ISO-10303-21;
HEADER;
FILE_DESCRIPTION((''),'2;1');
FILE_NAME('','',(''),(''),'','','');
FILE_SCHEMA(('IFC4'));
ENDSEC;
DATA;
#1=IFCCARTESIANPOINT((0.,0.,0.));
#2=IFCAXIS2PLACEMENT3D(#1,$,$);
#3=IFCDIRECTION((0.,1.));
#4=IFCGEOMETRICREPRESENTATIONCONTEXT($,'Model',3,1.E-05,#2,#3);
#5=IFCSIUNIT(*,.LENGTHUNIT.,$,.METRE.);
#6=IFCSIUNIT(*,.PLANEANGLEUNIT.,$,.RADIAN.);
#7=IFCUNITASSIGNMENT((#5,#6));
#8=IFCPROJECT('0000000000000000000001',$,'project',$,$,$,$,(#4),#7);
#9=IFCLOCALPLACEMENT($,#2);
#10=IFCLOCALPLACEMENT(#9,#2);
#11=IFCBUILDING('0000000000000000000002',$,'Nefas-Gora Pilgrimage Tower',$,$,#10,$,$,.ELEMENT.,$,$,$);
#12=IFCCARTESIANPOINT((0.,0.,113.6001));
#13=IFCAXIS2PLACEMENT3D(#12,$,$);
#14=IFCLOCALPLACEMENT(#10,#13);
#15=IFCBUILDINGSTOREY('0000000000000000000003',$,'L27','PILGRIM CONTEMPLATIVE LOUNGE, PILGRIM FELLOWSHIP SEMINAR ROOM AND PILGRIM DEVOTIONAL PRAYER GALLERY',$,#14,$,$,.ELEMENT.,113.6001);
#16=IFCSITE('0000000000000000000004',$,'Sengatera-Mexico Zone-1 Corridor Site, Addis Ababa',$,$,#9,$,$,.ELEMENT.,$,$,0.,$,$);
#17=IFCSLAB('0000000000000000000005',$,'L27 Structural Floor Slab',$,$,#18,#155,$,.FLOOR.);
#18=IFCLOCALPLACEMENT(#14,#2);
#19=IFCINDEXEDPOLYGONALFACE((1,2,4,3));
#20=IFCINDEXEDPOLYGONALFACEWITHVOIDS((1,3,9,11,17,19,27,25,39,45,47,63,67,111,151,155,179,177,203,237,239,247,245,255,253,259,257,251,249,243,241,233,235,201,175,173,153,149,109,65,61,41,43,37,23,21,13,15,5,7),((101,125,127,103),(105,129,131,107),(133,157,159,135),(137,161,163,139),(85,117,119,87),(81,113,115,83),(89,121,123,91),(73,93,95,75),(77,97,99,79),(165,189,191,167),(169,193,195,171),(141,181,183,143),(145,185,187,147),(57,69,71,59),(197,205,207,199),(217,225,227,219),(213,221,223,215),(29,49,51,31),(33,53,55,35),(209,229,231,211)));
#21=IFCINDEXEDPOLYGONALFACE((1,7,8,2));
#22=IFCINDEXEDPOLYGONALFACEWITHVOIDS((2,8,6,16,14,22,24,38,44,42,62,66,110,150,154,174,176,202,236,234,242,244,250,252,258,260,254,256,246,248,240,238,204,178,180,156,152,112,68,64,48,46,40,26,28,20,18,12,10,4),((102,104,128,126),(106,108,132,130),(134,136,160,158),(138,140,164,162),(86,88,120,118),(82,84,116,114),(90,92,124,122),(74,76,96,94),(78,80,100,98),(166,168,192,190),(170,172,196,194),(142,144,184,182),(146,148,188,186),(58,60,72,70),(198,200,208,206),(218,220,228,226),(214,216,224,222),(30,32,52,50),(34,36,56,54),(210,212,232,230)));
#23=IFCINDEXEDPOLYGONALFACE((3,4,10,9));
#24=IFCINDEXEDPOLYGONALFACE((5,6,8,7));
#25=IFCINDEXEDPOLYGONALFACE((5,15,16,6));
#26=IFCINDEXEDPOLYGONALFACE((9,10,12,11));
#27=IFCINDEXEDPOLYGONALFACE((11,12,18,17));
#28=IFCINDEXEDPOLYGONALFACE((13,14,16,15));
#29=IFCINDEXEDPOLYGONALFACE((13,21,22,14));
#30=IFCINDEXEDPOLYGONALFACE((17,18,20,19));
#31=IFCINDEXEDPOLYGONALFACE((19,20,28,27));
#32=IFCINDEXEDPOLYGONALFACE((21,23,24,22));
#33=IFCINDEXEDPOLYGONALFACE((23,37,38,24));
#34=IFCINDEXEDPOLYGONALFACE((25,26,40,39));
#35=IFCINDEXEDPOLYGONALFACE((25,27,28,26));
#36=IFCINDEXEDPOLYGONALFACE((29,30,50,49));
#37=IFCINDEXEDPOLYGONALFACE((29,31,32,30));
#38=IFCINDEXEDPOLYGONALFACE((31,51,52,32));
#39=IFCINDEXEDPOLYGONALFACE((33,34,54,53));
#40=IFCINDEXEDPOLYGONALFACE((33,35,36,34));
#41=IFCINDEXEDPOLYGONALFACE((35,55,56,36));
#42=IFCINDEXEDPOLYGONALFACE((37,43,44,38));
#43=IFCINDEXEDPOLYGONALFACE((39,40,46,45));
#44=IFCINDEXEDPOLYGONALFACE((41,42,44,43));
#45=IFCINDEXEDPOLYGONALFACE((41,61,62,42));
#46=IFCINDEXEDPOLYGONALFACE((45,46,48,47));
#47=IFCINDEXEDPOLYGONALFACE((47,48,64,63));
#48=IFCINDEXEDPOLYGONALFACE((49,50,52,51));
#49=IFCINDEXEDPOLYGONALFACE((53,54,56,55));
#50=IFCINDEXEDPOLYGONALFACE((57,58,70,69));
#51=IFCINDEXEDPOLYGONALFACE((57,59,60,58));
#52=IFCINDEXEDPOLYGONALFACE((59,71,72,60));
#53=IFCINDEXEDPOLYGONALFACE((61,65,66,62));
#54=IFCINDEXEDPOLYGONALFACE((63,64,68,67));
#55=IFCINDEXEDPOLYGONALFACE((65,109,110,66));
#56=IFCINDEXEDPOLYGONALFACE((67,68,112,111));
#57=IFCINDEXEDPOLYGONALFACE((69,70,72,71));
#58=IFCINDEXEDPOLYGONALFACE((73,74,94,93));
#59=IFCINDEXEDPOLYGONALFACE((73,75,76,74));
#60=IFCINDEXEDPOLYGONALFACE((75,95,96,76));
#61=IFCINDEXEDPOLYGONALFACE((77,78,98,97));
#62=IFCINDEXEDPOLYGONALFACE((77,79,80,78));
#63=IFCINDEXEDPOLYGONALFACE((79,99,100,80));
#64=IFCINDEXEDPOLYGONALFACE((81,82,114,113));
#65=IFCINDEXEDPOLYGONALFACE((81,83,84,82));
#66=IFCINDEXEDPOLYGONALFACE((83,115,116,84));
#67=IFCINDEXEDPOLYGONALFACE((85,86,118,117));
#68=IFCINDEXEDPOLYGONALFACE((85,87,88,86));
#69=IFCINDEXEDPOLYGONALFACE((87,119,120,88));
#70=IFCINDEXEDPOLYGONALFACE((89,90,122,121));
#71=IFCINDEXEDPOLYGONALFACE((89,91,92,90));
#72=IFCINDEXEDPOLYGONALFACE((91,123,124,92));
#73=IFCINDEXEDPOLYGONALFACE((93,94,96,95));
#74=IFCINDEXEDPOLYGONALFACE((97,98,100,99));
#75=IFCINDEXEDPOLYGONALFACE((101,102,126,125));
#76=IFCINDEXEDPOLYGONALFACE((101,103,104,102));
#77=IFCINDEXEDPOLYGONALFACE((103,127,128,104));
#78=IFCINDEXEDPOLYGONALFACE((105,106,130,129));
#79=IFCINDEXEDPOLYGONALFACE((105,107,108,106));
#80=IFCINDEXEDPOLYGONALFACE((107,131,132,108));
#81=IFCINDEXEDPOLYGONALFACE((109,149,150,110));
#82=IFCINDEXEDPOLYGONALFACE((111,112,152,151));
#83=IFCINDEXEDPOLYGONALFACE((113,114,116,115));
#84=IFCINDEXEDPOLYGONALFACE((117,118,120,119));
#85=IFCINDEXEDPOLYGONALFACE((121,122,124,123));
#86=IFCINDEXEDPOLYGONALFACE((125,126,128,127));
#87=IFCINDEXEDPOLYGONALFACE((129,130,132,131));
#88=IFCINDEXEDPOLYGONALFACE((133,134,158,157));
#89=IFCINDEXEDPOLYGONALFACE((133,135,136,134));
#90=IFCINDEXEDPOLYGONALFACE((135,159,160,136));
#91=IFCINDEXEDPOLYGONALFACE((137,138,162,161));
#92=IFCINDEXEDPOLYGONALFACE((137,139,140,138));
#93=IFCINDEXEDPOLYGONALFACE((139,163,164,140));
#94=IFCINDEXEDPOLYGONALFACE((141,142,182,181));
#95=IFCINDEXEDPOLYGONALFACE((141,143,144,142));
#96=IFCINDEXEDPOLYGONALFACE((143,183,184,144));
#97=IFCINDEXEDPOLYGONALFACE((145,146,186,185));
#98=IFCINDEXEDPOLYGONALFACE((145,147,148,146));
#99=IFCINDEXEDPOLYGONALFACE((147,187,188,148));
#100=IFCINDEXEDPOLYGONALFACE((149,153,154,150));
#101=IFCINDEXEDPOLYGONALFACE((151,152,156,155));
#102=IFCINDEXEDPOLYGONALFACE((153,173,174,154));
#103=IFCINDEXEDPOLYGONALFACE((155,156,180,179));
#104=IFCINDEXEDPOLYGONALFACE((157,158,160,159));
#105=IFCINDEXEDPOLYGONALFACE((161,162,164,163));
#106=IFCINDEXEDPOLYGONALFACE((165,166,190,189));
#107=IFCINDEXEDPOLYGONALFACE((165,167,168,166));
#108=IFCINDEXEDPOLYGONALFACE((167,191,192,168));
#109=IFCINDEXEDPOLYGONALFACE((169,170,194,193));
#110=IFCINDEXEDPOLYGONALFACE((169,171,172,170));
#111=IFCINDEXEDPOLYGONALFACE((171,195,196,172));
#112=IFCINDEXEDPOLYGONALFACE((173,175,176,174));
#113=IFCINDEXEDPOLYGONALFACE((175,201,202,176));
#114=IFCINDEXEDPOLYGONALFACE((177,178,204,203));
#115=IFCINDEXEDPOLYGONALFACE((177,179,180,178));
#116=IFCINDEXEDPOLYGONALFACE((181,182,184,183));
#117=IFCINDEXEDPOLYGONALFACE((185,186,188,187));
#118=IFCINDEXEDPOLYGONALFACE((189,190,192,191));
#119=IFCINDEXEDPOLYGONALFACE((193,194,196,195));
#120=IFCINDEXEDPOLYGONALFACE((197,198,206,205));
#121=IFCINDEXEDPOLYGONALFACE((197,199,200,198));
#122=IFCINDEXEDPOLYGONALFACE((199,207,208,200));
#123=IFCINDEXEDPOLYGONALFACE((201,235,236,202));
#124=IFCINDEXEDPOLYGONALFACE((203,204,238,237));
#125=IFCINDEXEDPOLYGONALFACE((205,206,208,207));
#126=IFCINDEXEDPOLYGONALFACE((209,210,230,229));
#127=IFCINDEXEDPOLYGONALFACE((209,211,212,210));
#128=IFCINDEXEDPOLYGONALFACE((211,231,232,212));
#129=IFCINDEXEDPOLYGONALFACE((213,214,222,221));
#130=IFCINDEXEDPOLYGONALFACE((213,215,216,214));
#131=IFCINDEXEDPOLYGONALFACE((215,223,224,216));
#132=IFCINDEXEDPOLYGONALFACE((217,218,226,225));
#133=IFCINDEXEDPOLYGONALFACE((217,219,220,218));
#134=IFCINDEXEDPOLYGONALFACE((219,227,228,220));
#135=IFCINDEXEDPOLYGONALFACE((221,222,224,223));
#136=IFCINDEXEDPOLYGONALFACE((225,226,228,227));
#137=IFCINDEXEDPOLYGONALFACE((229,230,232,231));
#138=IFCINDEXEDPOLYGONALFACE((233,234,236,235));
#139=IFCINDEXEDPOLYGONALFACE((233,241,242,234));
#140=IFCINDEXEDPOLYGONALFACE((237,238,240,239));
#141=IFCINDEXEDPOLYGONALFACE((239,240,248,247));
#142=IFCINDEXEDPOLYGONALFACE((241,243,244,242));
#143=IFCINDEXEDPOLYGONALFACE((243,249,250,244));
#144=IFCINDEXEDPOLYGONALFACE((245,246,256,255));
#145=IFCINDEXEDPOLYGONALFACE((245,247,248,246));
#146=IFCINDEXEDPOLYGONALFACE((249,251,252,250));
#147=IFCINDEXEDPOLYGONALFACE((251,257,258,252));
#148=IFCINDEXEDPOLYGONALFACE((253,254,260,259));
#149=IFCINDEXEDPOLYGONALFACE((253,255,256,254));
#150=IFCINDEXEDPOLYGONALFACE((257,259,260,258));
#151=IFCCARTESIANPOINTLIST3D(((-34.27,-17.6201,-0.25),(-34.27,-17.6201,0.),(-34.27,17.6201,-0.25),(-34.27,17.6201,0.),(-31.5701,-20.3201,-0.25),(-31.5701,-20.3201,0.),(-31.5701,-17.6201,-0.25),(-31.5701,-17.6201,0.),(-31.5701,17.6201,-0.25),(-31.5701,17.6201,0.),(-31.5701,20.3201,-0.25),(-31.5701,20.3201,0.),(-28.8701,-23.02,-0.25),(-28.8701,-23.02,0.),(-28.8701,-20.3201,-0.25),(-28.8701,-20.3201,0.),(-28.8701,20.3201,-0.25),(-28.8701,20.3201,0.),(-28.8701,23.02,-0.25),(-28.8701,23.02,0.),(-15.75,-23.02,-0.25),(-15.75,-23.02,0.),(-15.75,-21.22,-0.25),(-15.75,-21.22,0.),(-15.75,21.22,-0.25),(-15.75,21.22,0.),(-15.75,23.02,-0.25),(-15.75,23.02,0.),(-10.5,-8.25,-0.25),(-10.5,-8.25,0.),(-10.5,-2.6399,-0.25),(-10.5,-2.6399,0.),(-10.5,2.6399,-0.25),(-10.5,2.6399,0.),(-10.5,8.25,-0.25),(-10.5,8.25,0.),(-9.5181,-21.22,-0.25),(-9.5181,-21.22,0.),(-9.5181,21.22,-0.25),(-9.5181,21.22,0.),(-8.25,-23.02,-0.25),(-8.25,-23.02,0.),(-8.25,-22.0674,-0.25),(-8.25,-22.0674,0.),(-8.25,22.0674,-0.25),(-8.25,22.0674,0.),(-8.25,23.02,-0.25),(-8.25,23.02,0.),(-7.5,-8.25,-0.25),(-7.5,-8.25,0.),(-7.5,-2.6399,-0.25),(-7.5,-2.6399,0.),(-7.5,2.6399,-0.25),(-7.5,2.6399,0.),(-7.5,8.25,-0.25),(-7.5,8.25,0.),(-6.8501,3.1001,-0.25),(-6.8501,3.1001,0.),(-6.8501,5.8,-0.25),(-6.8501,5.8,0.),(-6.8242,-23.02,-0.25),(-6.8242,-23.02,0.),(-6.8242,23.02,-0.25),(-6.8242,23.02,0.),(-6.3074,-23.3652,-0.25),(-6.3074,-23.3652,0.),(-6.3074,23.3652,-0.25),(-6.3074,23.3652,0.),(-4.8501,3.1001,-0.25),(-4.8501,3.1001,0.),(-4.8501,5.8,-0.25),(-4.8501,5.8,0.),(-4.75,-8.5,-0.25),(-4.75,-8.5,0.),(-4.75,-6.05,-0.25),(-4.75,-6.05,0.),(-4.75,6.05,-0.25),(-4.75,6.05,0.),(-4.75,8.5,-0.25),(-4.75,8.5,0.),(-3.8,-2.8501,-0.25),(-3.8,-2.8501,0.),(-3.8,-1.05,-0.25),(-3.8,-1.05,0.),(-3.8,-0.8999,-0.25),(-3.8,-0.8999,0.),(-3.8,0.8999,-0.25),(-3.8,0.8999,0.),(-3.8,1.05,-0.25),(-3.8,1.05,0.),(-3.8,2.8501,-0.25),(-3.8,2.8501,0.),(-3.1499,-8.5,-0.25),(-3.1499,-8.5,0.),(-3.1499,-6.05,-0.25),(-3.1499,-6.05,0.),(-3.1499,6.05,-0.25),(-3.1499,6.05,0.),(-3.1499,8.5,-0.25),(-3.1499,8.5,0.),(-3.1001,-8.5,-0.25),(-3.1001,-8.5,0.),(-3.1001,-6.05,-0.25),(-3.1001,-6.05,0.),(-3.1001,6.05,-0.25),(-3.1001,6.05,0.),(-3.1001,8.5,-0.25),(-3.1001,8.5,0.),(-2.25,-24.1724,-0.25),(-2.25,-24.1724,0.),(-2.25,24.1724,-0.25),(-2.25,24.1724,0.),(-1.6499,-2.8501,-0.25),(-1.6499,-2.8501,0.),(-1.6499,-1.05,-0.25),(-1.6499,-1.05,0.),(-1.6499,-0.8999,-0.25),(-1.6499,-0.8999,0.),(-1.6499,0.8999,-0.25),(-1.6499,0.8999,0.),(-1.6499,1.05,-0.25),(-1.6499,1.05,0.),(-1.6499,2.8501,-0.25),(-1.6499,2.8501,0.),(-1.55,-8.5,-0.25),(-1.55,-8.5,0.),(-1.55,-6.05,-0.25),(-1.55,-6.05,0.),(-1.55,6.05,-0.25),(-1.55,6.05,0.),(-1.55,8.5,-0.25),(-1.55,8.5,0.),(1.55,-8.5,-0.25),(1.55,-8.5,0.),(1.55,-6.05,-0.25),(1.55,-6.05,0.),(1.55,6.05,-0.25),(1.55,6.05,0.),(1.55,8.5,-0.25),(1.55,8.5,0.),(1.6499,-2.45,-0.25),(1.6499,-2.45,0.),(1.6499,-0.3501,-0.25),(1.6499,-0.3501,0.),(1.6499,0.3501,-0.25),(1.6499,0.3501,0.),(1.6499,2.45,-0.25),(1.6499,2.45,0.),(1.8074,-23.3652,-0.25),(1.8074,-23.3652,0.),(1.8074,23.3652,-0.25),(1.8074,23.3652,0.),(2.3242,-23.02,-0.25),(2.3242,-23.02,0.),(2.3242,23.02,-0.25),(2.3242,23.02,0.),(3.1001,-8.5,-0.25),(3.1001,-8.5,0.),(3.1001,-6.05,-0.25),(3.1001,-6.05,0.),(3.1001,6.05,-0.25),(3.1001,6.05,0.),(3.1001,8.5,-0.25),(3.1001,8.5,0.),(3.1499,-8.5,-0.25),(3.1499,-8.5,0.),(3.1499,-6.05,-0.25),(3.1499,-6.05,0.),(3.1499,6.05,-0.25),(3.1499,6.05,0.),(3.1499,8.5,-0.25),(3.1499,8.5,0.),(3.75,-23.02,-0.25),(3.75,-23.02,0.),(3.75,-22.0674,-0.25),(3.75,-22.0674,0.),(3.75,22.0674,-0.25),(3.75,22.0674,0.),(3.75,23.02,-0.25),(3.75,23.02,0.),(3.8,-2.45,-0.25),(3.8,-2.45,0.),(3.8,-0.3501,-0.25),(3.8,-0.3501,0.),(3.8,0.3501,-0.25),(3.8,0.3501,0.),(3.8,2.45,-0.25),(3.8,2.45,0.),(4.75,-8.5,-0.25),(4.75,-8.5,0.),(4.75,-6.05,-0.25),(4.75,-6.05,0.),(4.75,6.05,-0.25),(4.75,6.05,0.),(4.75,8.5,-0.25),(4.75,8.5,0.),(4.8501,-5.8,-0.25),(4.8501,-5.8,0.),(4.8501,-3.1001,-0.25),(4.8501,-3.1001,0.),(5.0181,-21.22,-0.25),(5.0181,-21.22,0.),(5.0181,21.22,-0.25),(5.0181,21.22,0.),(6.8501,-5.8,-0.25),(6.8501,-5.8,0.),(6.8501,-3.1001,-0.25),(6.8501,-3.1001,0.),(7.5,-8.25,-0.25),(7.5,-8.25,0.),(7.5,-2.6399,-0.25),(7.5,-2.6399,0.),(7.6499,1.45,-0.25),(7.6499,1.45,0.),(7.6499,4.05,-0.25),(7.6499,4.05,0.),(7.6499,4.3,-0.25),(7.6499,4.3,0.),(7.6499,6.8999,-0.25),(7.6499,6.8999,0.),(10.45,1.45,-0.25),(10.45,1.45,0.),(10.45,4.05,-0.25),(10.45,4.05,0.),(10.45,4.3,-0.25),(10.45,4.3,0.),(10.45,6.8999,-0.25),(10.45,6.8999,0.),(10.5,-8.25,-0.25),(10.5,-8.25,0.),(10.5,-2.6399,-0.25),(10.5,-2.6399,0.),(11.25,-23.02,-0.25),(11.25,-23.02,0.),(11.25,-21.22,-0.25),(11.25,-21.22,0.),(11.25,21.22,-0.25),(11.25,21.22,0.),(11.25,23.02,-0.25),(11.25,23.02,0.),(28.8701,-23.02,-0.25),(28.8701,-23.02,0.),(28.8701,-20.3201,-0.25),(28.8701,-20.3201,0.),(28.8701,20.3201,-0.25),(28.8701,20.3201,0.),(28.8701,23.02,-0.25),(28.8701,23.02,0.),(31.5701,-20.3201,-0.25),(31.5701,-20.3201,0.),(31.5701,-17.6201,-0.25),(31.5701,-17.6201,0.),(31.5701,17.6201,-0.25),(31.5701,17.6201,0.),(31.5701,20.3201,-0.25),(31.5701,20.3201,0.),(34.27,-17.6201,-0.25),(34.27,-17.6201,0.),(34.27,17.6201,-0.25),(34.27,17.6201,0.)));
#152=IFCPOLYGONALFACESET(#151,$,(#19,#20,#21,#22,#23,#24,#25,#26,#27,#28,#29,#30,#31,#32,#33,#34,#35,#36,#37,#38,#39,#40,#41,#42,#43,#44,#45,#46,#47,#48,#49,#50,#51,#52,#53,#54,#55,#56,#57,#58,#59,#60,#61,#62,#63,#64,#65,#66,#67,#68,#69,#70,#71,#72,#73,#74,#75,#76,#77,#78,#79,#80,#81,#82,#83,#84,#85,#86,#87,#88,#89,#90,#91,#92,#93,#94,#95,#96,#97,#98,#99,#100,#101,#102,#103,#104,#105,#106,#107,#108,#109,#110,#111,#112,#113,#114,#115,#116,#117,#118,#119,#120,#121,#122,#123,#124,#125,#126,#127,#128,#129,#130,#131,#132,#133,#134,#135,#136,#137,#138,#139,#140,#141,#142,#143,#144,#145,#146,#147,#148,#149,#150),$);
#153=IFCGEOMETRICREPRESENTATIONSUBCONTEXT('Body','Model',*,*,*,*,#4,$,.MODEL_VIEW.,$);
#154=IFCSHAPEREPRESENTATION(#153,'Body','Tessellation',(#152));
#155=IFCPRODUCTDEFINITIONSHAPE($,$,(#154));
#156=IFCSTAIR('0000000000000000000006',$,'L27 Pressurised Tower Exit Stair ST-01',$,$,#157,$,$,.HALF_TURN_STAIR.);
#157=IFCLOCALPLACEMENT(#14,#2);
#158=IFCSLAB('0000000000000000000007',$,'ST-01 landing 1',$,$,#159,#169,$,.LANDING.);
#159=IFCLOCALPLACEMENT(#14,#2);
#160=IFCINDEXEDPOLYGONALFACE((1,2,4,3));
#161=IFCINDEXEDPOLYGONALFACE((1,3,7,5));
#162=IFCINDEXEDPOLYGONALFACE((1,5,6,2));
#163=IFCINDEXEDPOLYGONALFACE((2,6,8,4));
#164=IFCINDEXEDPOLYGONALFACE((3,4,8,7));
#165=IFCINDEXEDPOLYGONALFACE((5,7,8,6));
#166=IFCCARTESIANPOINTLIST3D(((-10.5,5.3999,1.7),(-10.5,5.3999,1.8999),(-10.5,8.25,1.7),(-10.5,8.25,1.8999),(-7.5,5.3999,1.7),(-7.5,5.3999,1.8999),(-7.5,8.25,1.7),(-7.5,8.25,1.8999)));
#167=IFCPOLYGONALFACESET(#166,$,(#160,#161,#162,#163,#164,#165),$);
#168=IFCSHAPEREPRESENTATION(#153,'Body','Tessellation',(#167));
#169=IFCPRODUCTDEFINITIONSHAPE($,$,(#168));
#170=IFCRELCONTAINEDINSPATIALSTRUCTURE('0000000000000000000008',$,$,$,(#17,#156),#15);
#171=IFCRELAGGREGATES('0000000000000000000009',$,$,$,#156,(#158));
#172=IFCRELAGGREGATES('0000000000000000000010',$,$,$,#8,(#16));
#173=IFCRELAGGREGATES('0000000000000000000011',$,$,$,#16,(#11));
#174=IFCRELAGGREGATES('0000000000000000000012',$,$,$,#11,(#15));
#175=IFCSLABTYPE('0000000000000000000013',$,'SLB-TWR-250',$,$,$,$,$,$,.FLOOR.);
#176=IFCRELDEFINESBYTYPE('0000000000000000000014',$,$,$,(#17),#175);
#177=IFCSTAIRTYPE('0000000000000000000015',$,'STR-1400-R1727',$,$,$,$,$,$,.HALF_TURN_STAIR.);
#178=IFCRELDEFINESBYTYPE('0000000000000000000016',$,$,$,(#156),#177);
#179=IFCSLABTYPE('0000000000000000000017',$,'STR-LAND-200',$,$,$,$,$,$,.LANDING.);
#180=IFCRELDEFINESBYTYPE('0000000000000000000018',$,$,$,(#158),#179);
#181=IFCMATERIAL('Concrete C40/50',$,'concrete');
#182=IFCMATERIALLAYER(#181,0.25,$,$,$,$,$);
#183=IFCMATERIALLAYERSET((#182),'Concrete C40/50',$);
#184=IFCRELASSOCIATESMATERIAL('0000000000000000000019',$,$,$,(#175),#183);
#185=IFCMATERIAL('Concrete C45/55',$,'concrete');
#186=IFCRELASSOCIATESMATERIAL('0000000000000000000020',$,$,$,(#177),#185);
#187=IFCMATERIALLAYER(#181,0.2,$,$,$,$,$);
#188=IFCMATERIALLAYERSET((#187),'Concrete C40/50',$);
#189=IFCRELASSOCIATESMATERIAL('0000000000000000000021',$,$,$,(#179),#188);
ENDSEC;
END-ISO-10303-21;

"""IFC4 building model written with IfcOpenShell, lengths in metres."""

from ifc_helpers import new_model, si_unit, direction, frame, origin, place, context, subcontext, project, spatial, polyline, outline, extrude, material, layer, layer_set, type_object, element, aggregate, save


model = new_model("IFC4")

# Units and contexts
model_context = context("Model", 3, precision=1e-05, world=origin(), true_north=direction((0.0, 1.0)))
body_context = subcontext(model_context, "Body", "Model", "MODEL_VIEW")
ifc_project = project(units=[si_unit("LENGTHUNIT", "METRE"), si_unit("PLANEANGLEUNIT", "RADIAN")], contexts=[model_context])

# Site, building, storey
site_placement = place(None, origin())
site = spatial("IfcSite", under=ifc_project, at=site_placement, Name="Sengatera-Mexico Zone-1 Corridor Site, Addis Ababa", CompositionType="ELEMENT", RefElevation=0.0)
building_placement = place(site_placement, origin())
building = spatial("IfcBuilding", under=site, at=building_placement, Name="Nefas-Gora Pilgrimage Tower", CompositionType="ELEMENT")
storey_placement = place(building_placement, frame((0.0, 0.0, 113.6001)))
storey = spatial("IfcBuildingStorey", under=building, at=storey_placement, Name="L27", Description="PILGRIM CONTEMPLATIVE LOUNGE, PILGRIM FELLOWSHIP SEMINAR ROOM AND PILGRIM DEVOTIONAL PRAYER GALLERY", CompositionType="ELEMENT", Elevation=113.6001)

# Slab
ifc_material_1 = material(Name="Concrete C40/50", Category="concrete")
ifc_layer_1 = layer(ifc_material_1, 0.25)
ifc_layer_set_1 = layer_set([ifc_layer_1], Name="Concrete C40/50")
slab_type_1 = type_object("IfcSlabType", Name="SLB-TWR-250", PredefinedType="FLOOR", material=ifc_layer_set_1)
slab_1_placement = place(storey_placement, frame((0.0, 0.0, -0.25)))
element("IfcSlab", 1, at=slab_1_placement, inside=storey, type_object=slab_type_1, Name="L27 Structural Floor Slab", PredefinedType="FLOOR", context=body_context, shape_type="SweptSolid", body=[
    extrude(outline(polyline([(5.0181, -21.22), (11.25, -21.22), (11.25, -23.02), (28.8701, -23.02), (28.8701, -20.3201), (31.5701, -20.3201), (31.5701, -17.6201), (34.27, -17.6201), (34.27, 17.6201), (31.5701, 17.6201), (31.5701, 20.3201), (28.8701, 20.3201), (28.8701, 23.02), (11.25, 23.02), (11.25, 21.22), (5.0181, 21.22), (3.75, 22.0674), (3.75, 23.02), (2.3242, 23.02), (1.8074, 23.3652), (-2.25, 24.1724), (-6.3074, 23.3652), (-6.8242, 23.02), (-8.25, 23.02), (-8.25, 22.0674), (-9.5181, 21.22), (-15.75, 21.22), (-15.75, 23.02), (-28.8701, 23.02), (-28.8701, 20.3201), (-31.5701, 20.3201), (-31.5701, 17.6201), (-34.27, 17.6201), (-34.27, -17.6201), (-31.5701, -17.6201), (-31.5701, -20.3201), (-28.8701, -20.3201), (-28.8701, -23.02), (-15.75, -23.02), (-15.75, -21.22), (-9.5181, -21.22), (-8.25, -22.0674), (-8.25, -23.02), (-6.8242, -23.02), (-6.3074, -23.3652), (-2.25, -24.1724), (1.8074, -23.3652), (2.3242, -23.02), (3.75, -23.02), (3.75, -22.0674), (5.0181, -21.22)]), holes=[polyline([(-10.5, 2.6399), (-10.5, 8.25), (-7.5, 8.25), (-7.5, 2.6399), (-10.5, 2.6399)]), polyline([(10.5, -2.6399), (10.5, -8.25), (7.5, -8.25), (7.5, -2.6399), (10.5, -2.6399)]), polyline([(-7.5, -2.6399), (-7.5, -8.25), (-10.5, -8.25), (-10.5, -2.6399), (-7.5, -2.6399)]), polyline([(-6.8501, 5.8), (-4.8501, 5.8), (-4.8501, 3.1001), (-6.8501, 3.1001), (-6.8501, 5.8)]), polyline([(4.8501, -3.1001), (6.8501, -3.1001), (6.8501, -5.8), (4.8501, -5.8), (4.8501, -3.1001)]), polyline([(7.6499, 4.05), (10.45, 4.05), (10.45, 1.45), (7.6499, 1.45), (7.6499, 4.05)]), polyline([(7.6499, 6.8999), (10.45, 6.8999), (10.45, 4.3), (7.6499, 4.3), (7.6499, 6.8999)]), polyline([(-4.75, 8.5), (-3.1499, 8.5), (-3.1499, 6.05), (-4.75, 6.05), (-4.75, 8.5)]), polyline([(-3.1001, 8.5), (-1.55, 8.5), (-1.55, 6.05), (-3.1001, 6.05), (-3.1001, 8.5)]), polyline([(1.55, 8.5), (3.1001, 8.5), (3.1001, 6.05), (1.55, 6.05), (1.55, 8.5)]), polyline([(3.1499, 8.5), (4.75, 8.5), (4.75, 6.05), (3.1499, 6.05), (3.1499, 8.5)]), polyline([(-4.75, -6.05), (-3.1499, -6.05), (-3.1499, -8.5), (-4.75, -8.5), (-4.75, -6.05)]), polyline([(-3.1001, -6.05), (-1.55, -6.05), (-1.55, -8.5), (-3.1001, -8.5), (-3.1001, -6.05)]), polyline([(1.55, -6.05), (3.1001, -6.05), (3.1001, -8.5), (1.55, -8.5), (1.55, -6.05)]), polyline([(3.1499, -6.05), (4.75, -6.05), (4.75, -8.5), (3.1499, -8.5), (3.1499, -6.05)]), polyline([(-3.8, -1.05), (-1.6499, -1.05), (-1.6499, -2.8501), (-3.8, -2.8501), (-3.8, -1.05)]), polyline([(-3.8, 0.8999), (-1.6499, 0.8999), (-1.6499, -0.8999), (-3.8, -0.8999), (-3.8, 0.8999)]), polyline([(-3.8, 2.8501), (-1.6499, 2.8501), (-1.6499, 1.05), (-3.8, 1.05), (-3.8, 2.8501)]), polyline([(1.6499, -0.3501), (3.8, -0.3501), (3.8, -2.45), (1.6499, -2.45), (1.6499, -0.3501)]), polyline([(1.6499, 2.45), (3.8, 2.45), (3.8, 0.3501), (1.6499, 0.3501), (1.6499, 2.45)])]), origin(), (0.0, 0.0, 1.0), 0.25),
])

# Stair, slab
ifc_material_2 = material(Name="Concrete C45/55", Category="concrete")
stair_type = type_object("IfcStairType", Name="STR-1400-R1727", PredefinedType="HALF_TURN_STAIR", material=ifc_material_2)
stair_placement = place(storey_placement, origin())
stair = element("IfcStair", 2, at=stair_placement, inside=storey, type_object=stair_type, Name="L27 Pressurised Tower Exit Stair ST-01", PredefinedType="HALF_TURN_STAIR")
ifc_layer_2 = layer(ifc_material_1, 0.2)
ifc_layer_set_2 = layer_set([ifc_layer_2], Name="Concrete C40/50")
slab_type_2 = type_object("IfcSlabType", Name="STR-LAND-200", PredefinedType="LANDING", material=ifc_layer_set_2)
slab_2_placement = place(storey_placement, frame((0.0, 0.0, 1.7)))
slab_2 = element("IfcSlab", 3, at=slab_2_placement, type_object=slab_type_2, Name="ST-01 landing 1", PredefinedType="LANDING", context=body_context, shape_type="SweptSolid", body=[
    extrude(outline(polyline([(-7.5, 5.3999), (-7.5, 8.25), (-10.5, 8.25), (-10.5, 5.3999), (-7.5, 5.3999)])), origin(), (0.0, 0.0, 1.0), 0.2),
])
aggregate(stair, [slab_2])

save(model, "model.ifc")
